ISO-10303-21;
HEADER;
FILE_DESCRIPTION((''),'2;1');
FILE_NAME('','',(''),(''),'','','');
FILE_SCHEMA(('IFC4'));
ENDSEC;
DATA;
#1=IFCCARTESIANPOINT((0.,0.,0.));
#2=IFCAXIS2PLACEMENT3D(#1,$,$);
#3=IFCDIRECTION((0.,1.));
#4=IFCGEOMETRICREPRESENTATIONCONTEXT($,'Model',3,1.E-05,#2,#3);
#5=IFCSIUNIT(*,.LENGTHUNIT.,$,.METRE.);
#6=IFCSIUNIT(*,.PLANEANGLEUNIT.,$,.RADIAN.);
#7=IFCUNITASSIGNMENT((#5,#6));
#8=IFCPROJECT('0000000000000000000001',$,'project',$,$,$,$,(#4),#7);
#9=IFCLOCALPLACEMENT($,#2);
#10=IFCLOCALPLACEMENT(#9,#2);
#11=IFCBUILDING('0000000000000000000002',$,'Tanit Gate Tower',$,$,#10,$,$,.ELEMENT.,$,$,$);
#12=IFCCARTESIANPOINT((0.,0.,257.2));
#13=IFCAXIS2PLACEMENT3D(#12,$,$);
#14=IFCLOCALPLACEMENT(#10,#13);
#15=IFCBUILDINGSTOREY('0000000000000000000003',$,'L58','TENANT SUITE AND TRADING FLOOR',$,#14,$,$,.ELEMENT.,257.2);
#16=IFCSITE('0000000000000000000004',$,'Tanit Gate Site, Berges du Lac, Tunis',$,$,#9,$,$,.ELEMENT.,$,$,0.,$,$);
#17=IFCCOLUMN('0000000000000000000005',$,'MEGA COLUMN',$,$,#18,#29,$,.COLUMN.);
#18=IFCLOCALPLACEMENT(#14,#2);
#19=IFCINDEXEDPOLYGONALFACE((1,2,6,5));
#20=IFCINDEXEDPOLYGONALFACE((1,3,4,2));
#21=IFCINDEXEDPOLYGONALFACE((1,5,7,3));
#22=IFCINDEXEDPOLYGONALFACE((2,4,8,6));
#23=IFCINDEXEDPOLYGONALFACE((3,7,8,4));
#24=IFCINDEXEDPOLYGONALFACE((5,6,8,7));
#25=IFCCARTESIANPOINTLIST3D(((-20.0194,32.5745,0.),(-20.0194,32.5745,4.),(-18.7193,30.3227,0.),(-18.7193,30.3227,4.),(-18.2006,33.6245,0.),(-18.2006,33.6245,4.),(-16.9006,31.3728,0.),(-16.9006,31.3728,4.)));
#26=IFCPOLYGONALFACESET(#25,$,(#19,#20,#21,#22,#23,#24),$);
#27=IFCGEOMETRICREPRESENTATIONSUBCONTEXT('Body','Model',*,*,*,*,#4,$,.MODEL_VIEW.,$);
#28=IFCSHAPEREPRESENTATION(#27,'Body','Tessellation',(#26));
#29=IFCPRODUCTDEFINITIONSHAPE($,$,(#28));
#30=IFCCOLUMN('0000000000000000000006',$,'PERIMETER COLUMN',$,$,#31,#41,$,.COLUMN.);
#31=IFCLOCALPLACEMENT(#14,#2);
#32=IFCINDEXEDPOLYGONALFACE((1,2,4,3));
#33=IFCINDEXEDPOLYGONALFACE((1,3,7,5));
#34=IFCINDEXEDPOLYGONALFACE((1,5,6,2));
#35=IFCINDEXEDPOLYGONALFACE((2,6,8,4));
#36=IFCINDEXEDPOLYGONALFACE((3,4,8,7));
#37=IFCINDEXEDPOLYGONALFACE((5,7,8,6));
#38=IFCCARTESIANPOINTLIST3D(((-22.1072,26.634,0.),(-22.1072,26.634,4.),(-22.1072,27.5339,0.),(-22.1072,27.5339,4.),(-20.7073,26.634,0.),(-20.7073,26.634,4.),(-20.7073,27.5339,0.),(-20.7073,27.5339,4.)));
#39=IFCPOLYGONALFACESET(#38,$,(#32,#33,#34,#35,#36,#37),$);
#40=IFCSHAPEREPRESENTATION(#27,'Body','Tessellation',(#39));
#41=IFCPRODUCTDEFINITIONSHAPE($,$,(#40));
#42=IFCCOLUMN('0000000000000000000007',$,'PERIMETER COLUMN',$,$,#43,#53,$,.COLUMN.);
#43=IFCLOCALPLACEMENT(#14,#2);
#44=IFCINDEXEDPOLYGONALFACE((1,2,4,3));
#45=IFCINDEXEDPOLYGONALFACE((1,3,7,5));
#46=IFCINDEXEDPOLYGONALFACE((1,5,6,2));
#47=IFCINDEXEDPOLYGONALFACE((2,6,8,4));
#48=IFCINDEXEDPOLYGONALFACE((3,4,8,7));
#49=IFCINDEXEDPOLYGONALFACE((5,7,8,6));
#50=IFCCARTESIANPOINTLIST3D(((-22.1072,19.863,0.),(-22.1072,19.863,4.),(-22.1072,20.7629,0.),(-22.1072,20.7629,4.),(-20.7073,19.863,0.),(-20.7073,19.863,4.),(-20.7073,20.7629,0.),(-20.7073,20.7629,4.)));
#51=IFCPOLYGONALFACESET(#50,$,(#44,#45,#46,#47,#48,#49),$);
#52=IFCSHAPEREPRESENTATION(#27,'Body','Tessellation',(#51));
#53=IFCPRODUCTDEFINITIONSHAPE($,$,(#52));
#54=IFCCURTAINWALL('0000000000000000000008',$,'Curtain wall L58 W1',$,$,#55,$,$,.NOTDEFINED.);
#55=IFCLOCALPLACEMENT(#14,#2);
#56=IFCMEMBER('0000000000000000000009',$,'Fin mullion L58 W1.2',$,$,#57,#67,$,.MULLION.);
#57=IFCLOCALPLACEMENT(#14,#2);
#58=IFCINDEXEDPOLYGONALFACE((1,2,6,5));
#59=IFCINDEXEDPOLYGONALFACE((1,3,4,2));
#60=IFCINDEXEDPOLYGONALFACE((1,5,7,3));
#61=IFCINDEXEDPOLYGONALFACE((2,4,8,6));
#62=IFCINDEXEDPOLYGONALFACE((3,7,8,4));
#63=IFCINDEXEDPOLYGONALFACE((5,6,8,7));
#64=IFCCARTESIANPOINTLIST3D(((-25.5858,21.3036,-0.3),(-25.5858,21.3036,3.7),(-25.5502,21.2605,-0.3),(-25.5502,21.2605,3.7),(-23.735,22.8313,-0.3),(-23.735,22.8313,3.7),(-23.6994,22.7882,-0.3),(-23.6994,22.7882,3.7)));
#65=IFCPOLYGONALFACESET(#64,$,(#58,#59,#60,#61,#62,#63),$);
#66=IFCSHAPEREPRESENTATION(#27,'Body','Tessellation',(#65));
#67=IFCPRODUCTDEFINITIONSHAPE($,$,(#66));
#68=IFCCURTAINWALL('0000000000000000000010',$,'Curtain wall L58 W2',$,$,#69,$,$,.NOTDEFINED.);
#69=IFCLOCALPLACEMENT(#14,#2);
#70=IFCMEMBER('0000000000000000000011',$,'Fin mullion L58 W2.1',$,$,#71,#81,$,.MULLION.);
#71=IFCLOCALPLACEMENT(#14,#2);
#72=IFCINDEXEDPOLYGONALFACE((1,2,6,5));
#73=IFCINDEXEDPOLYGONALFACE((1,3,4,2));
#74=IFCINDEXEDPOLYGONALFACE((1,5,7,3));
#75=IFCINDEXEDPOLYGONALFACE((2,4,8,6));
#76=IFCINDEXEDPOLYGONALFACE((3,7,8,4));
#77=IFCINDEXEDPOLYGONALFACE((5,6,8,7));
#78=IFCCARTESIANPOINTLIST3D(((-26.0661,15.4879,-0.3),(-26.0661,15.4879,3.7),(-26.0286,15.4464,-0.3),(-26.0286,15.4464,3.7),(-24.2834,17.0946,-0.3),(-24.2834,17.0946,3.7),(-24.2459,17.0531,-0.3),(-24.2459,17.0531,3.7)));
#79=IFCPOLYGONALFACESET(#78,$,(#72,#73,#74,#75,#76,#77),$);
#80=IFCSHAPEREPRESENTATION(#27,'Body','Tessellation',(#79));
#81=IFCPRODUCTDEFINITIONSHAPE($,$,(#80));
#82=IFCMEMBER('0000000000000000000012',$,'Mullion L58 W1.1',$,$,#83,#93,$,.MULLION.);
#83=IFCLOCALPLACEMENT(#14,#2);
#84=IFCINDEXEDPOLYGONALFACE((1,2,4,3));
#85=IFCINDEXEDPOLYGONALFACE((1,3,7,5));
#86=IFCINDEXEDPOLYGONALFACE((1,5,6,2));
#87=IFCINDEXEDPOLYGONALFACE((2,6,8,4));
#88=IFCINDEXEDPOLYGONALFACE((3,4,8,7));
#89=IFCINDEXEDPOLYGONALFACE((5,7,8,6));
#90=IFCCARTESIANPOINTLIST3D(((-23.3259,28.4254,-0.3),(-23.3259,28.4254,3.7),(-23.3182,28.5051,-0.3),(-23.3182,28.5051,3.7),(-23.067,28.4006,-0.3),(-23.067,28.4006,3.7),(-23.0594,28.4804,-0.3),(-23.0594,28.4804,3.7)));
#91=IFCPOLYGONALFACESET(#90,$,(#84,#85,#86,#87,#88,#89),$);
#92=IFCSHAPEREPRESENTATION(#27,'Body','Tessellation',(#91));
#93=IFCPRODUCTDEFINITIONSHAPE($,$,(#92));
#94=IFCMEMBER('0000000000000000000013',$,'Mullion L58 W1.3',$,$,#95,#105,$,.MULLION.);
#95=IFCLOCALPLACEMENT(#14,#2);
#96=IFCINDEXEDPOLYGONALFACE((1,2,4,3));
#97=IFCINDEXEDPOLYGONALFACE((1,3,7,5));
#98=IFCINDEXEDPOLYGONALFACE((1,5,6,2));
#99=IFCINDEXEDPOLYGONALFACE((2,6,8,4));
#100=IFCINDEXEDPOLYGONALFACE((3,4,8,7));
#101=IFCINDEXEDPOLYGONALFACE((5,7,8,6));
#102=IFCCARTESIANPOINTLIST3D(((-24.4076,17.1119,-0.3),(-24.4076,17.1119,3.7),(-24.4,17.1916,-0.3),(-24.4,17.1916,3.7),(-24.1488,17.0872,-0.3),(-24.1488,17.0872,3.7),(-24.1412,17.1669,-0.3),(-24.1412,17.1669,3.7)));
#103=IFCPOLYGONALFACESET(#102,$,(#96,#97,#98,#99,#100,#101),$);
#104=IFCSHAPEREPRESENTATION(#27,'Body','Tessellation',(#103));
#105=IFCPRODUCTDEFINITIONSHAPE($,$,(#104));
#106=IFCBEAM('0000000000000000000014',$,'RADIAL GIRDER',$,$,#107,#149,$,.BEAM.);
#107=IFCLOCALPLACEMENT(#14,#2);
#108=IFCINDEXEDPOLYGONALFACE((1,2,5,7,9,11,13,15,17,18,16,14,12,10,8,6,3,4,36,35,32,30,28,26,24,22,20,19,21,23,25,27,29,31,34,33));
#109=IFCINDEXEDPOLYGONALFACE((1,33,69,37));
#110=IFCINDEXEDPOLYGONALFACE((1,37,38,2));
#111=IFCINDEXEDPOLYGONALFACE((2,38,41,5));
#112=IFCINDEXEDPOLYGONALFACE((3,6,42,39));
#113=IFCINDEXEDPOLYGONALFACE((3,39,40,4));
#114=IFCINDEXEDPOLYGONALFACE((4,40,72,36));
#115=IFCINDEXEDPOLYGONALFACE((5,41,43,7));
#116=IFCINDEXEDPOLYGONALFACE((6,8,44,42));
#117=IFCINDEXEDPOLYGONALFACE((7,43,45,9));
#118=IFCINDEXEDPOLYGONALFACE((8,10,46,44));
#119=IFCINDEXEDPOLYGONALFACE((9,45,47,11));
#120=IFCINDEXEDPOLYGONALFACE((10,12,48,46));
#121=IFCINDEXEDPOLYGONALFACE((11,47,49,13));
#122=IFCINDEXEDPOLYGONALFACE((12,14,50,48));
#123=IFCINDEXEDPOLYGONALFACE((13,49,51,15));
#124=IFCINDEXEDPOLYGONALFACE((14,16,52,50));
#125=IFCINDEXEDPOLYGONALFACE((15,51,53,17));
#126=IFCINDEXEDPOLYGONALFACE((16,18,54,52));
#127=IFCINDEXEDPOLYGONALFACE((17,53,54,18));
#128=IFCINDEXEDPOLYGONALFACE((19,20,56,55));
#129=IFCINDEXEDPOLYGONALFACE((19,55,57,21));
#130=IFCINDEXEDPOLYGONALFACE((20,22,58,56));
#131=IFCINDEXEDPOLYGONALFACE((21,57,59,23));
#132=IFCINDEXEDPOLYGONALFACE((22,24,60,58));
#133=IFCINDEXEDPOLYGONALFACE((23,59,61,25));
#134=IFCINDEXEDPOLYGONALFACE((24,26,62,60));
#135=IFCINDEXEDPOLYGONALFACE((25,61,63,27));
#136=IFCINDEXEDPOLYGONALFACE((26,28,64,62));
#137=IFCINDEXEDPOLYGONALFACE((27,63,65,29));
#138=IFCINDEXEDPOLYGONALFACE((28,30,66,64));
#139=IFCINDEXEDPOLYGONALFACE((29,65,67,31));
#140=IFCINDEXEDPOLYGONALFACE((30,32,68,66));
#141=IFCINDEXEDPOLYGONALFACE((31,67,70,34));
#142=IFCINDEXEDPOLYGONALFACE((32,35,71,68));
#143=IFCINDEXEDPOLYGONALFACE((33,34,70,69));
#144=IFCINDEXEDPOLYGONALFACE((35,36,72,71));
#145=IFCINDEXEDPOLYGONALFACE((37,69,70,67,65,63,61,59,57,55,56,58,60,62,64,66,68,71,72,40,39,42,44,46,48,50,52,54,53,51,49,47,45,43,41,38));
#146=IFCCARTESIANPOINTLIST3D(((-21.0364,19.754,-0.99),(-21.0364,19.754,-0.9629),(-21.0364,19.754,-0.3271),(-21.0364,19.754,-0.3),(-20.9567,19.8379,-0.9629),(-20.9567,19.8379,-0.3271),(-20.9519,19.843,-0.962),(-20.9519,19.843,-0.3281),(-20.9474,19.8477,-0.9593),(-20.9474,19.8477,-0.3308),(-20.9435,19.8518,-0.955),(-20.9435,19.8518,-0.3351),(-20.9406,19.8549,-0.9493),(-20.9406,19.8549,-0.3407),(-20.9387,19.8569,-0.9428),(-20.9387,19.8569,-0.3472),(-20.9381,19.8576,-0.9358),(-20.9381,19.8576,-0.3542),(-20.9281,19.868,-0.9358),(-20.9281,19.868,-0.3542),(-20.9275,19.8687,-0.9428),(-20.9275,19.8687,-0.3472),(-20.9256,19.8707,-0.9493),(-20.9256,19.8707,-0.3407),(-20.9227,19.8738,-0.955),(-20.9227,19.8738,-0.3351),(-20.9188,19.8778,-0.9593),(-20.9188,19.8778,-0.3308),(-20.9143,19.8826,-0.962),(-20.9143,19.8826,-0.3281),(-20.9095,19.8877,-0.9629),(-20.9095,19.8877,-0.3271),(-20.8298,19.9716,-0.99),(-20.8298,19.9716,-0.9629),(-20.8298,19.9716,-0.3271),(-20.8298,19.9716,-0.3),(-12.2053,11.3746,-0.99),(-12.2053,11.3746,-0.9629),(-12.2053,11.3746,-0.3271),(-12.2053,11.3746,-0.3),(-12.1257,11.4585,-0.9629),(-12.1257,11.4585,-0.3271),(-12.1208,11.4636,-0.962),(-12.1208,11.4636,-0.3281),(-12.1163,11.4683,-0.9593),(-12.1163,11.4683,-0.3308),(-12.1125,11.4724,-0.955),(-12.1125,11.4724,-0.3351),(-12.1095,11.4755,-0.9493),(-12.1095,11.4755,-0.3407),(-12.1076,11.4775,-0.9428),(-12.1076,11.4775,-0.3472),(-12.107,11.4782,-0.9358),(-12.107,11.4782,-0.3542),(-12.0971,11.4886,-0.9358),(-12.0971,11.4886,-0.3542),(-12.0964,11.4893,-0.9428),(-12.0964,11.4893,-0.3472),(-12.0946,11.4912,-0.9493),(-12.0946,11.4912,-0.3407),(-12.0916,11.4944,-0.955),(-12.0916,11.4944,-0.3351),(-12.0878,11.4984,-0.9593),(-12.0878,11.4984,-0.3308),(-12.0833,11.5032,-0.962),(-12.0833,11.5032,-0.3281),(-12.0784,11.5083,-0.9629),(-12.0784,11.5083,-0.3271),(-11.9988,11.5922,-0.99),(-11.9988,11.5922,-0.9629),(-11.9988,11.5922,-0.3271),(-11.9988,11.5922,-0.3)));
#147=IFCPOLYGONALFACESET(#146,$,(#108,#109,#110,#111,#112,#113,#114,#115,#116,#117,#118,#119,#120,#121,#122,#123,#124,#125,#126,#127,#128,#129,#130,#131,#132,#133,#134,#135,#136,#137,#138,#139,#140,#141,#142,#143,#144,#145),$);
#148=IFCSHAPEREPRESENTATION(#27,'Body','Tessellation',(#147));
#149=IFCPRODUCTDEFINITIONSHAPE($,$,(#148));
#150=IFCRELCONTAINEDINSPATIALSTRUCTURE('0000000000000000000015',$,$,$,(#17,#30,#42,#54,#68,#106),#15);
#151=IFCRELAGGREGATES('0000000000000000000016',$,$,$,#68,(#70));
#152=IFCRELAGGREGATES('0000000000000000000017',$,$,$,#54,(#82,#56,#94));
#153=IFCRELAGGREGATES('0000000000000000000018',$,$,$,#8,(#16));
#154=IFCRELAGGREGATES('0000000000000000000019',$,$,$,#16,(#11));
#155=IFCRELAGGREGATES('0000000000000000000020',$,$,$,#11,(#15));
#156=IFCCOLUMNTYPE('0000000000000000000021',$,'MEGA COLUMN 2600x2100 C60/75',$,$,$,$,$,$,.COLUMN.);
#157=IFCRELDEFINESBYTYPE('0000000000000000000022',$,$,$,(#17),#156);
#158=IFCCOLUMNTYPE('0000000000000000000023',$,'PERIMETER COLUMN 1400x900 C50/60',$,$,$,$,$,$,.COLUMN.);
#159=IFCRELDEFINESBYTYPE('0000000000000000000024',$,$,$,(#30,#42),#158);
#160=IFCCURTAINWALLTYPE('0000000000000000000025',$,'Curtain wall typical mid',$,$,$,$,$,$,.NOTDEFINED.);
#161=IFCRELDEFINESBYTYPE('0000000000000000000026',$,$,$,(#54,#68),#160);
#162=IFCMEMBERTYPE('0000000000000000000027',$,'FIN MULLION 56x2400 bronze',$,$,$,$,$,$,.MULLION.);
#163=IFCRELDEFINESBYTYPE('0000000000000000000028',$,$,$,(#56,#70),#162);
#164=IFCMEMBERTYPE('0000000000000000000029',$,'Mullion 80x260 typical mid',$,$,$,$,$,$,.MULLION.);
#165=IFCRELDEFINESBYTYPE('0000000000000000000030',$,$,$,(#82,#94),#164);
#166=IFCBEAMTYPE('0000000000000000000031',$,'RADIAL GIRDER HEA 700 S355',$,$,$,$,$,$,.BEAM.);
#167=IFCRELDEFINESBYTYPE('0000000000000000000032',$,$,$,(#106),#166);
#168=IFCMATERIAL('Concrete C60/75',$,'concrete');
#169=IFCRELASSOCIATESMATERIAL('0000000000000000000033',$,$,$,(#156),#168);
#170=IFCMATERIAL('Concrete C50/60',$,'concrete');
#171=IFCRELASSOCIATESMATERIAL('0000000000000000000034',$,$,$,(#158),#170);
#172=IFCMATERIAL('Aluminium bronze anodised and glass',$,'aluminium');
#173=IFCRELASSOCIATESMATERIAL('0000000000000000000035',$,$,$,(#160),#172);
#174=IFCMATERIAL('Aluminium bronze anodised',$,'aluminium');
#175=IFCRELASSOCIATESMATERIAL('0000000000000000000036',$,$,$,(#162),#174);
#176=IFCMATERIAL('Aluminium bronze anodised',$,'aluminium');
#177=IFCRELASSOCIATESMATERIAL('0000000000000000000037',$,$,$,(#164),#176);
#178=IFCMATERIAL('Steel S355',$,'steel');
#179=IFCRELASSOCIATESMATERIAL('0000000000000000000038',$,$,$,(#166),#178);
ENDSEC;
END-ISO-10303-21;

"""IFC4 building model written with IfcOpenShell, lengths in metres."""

from ifc_helpers import new_model, si_unit, direction, frame, origin, origin_2d, place, context, subcontext, project, spatial, rectangle, i_section, extrude, material, material_profile, profile_set, type_object, element, aggregate, save


model = new_model("IFC4")

# Units and contexts
model_context = context("Model", 3, precision=1e-05, world=origin(), true_north=direction((0.0, 1.0)))
body_context = subcontext(model_context, "Body", "Model", "MODEL_VIEW")
ifc_project = project(units=[si_unit("LENGTHUNIT", "METRE"), si_unit("PLANEANGLEUNIT", "RADIAN")], contexts=[model_context])

# Site, building, storey
site_placement = place(None, origin())
site = spatial("IfcSite", under=ifc_project, at=site_placement, Name="Tanit Gate Site, Berges du Lac, Tunis", CompositionType="ELEMENT", RefElevation=0.0)
building_placement = place(site_placement, origin())
building = spatial("IfcBuilding", under=site, at=building_placement, Name="Tanit Gate Tower", CompositionType="ELEMENT")
storey_placement = place(building_placement, frame((0.0, 0.0, 257.2)))
storey = spatial("IfcBuildingStorey", under=building, at=storey_placement, Name="L58", Description="TENANT SUITE AND TRADING FLOOR", CompositionType="ELEMENT", Elevation=257.2)

# Columns
ifc_material_1 = material(Name="Concrete C60/75", Category="concrete")
ifc_material_profile_1 = material_profile(ifc_material_1, rectangle(XDim=2.6001, YDim=2.1001, at=origin_2d()), Name="RC 2600x2100")
ifc_profile_set_1 = profile_set([ifc_material_profile_1], Name="Concrete C60/75")
column_type_1 = type_object("IfcColumnType", Name="MEGA COLUMN 2600x2100 C60/75", PredefinedType="COLUMN", material=ifc_profile_set_1)
column_placement = place(storey_placement, frame((-18.46, 31.9736, 0.0), z_axis=(0.0, 0.0, 1.0), x_axis=(-0.5, 0.866025, 0.0)))
element("IfcColumn", 1, at=column_placement, inside=storey, type_object=column_type_1, Name="MEGA COLUMN", PredefinedType="COLUMN", context=body_context, shape_type="SweptSolid", body=[
    extrude(rectangle(XDim=2.6001, YDim=2.1001, at=origin_2d()), origin(), (0.0, 0.0, 1.0), 4.0),
])
ifc_material_2 = material(Name="Concrete C50/60", Category="concrete")
ifc_material_profile_2 = material_profile(ifc_material_2, rectangle(XDim=1.3999, YDim=0.8999, at=origin_2d()), Name="RC 1400x900")
ifc_profile_set_2 = profile_set([ifc_material_profile_2], Name="Concrete C50/60")
column_type_2 = type_object("IfcColumnType", Name="PERIMETER COLUMN 1400x900 C50/60", PredefinedType="COLUMN", material=ifc_profile_set_2)
for number, where, z_axis, x_axis, name in (
    (2, (-21.4072, 27.084, 0.0), (0.0, 0.0, 1.0), (-1.0, 0.0, 0.0), "PERIMETER COLUMN"),
    (3, (-21.4072, 20.313, 0.0), (0.0, 0.0, 1.0), (-1.0, 0.0, 0.0), "PERIMETER COLUMN"),
):
    element("IfcColumn", number, at=place(storey_placement, frame(where, z_axis=z_axis, x_axis=x_axis)), inside=storey, type_object=column_type_2, Name=name, PredefinedType="COLUMN", context=body_context, shape_type="SweptSolid", body=[
        extrude(rectangle(XDim=1.3999, YDim=0.8999, at=origin_2d()), origin(), (0.0, 0.0, 1.0), 4.0),
    ])

# Curtain walls, members
ifc_material_3 = material(Name="Aluminium bronze anodised and glass", Category="aluminium")
curtain_wall_type = type_object("IfcCurtainWallType", Name="Curtain wall typical mid", PredefinedType="NOTDEFINED", material=ifc_material_3)
curtain_wall_1_placement = place(storey_placement, origin())
curtain_wall_1 = element("IfcCurtainWall", 4, at=curtain_wall_1_placement, inside=storey, type_object=curtain_wall_type, Name="Curtain wall L58 W1", PredefinedType="NOTDEFINED")
ifc_material_4 = material(Name="Aluminium bronze anodised", Category="aluminium")
ifc_material_profile_3 = material_profile(ifc_material_4, rectangle(XDim=2.3999, YDim=0.0559, at=origin_2d()), Name="56x2400 bronze fin mullion")
ifc_profile_set_3 = profile_set([ifc_material_profile_3], Name="Aluminium bronze anodised")
member_type_1 = type_object("IfcMemberType", Name="FIN MULLION 56x2400 bronze", PredefinedType="MULLION", material=ifc_profile_set_3)
member_1_placement = place(storey_placement, frame((-24.6426, 22.0459, -0.3), z_axis=(0.0, 0.0, 1.0), x_axis=(0.7712, 0.636593, 0.0)))
member_1 = element("IfcMember", 5, at=member_1_placement, type_object=member_type_1, Name="Fin mullion L58 W1.2", PredefinedType="MULLION", context=body_context, shape_type="SweptSolid", body=[
    extrude(rectangle(XDim=2.3999, YDim=0.0559, at=origin_2d()), origin(), (0.0, 0.0, 1.0), 4.0),
])
curtain_wall_2_placement = place(storey_placement, origin())
curtain_wall_2 = element("IfcCurtainWall", 6, at=curtain_wall_2_placement, inside=storey, type_object=curtain_wall_type, Name="Curtain wall L58 W2", PredefinedType="NOTDEFINED")
member_2_placement = place(storey_placement, frame((-25.156, 16.2705, -0.3), z_axis=(0.0, 0.0, 1.0), x_axis=(0.742829, 0.669481, 0.0)))
member_2 = element("IfcMember", 7, at=member_2_placement, type_object=member_type_1, Name="Fin mullion L58 W2.1", PredefinedType="MULLION", context=body_context, shape_type="SweptSolid", body=[
    extrude(rectangle(XDim=2.3999, YDim=0.0559, at=origin_2d()), origin(), (0.0, 0.0, 1.0), 4.0),
])

# Members
ifc_material_5 = material(Name="Aluminium bronze anodised", Category="aluminium")
ifc_material_profile_4 = material_profile(ifc_material_5, rectangle(XDim=0.26, YDim=0.0801, at=origin_2d()), Name="80x260 bronze mullion")
ifc_profile_set_4 = profile_set([ifc_material_profile_4], Name="Aluminium bronze anodised")
member_type_2 = type_object("IfcMemberType", Name="Mullion 80x260 typical mid", PredefinedType="MULLION", material=ifc_profile_set_4)
member_3_placement = place(storey_placement, frame((-23.1926, 28.4529, -0.3), z_axis=(0.0, 0.0, 1.0), x_axis=(0.99546, -0.095182, 0.0)))
member_3 = element("IfcMember", 8, at=member_3_placement, type_object=member_type_2, Name="Mullion L58 W1.1", PredefinedType="MULLION", context=body_context, shape_type="SweptSolid", body=[
    extrude(rectangle(XDim=0.26, YDim=0.0801, at=origin_2d()), origin(), (0.0, 0.0, 1.0), 4.0),
])
member_4_placement = place(storey_placement, frame((-24.2744, 17.1394, -0.3), z_axis=(0.0, 0.0, 1.0), x_axis=(0.99546, -0.095182, 0.0)))
member_4 = element("IfcMember", 9, at=member_4_placement, type_object=member_type_2, Name="Mullion L58 W1.3", PredefinedType="MULLION", context=body_context, shape_type="SweptSolid", body=[
    extrude(rectangle(XDim=0.26, YDim=0.0801, at=origin_2d()), origin(), (0.0, 0.0, 1.0), 4.0),
])

# Beam
ifc_material_6 = material(Name="Steel S355", Category="steel")
ifc_material_profile_5 = material_profile(ifc_material_6, i_section(OverallWidth=0.3, OverallDepth=0.6899, WebThickness=0.0144, FlangeThickness=0.0271, FilletRadius=0.0271, at=origin_2d()), Name="HEA 700")
ifc_profile_set_5 = profile_set([ifc_material_profile_5], Name="Steel S355")
beam_type_1 = type_object("IfcBeamType", Name="RADIAL GIRDER HEA 700 S355", PredefinedType="BEAM", material=ifc_profile_set_5)
beam_1_placement = place(storey_placement, frame((-20.9331, 19.8628, -0.645), z_axis=(0.725414, -0.688313, 0.0), x_axis=(0.688313, 0.725414, 0.0)))
element("IfcBeam", 10, at=beam_1_placement, inside=storey, type_object=beam_type_1, Name="RADIAL GIRDER", PredefinedType="BEAM", context=body_context, shape_type="SweptSolid", body=[
    extrude(i_section(OverallWidth=0.3, OverallDepth=0.6899, WebThickness=0.0144, FlangeThickness=0.0271, FilletRadius=0.0271, at=origin_2d()), origin(), (0.0, 0.0, 1.0), 12.1738),
])

aggregate(curtain_wall_2, [member_2])

aggregate(curtain_wall_1, [member_3, member_1, member_4])

save(model, "model.ifc")
